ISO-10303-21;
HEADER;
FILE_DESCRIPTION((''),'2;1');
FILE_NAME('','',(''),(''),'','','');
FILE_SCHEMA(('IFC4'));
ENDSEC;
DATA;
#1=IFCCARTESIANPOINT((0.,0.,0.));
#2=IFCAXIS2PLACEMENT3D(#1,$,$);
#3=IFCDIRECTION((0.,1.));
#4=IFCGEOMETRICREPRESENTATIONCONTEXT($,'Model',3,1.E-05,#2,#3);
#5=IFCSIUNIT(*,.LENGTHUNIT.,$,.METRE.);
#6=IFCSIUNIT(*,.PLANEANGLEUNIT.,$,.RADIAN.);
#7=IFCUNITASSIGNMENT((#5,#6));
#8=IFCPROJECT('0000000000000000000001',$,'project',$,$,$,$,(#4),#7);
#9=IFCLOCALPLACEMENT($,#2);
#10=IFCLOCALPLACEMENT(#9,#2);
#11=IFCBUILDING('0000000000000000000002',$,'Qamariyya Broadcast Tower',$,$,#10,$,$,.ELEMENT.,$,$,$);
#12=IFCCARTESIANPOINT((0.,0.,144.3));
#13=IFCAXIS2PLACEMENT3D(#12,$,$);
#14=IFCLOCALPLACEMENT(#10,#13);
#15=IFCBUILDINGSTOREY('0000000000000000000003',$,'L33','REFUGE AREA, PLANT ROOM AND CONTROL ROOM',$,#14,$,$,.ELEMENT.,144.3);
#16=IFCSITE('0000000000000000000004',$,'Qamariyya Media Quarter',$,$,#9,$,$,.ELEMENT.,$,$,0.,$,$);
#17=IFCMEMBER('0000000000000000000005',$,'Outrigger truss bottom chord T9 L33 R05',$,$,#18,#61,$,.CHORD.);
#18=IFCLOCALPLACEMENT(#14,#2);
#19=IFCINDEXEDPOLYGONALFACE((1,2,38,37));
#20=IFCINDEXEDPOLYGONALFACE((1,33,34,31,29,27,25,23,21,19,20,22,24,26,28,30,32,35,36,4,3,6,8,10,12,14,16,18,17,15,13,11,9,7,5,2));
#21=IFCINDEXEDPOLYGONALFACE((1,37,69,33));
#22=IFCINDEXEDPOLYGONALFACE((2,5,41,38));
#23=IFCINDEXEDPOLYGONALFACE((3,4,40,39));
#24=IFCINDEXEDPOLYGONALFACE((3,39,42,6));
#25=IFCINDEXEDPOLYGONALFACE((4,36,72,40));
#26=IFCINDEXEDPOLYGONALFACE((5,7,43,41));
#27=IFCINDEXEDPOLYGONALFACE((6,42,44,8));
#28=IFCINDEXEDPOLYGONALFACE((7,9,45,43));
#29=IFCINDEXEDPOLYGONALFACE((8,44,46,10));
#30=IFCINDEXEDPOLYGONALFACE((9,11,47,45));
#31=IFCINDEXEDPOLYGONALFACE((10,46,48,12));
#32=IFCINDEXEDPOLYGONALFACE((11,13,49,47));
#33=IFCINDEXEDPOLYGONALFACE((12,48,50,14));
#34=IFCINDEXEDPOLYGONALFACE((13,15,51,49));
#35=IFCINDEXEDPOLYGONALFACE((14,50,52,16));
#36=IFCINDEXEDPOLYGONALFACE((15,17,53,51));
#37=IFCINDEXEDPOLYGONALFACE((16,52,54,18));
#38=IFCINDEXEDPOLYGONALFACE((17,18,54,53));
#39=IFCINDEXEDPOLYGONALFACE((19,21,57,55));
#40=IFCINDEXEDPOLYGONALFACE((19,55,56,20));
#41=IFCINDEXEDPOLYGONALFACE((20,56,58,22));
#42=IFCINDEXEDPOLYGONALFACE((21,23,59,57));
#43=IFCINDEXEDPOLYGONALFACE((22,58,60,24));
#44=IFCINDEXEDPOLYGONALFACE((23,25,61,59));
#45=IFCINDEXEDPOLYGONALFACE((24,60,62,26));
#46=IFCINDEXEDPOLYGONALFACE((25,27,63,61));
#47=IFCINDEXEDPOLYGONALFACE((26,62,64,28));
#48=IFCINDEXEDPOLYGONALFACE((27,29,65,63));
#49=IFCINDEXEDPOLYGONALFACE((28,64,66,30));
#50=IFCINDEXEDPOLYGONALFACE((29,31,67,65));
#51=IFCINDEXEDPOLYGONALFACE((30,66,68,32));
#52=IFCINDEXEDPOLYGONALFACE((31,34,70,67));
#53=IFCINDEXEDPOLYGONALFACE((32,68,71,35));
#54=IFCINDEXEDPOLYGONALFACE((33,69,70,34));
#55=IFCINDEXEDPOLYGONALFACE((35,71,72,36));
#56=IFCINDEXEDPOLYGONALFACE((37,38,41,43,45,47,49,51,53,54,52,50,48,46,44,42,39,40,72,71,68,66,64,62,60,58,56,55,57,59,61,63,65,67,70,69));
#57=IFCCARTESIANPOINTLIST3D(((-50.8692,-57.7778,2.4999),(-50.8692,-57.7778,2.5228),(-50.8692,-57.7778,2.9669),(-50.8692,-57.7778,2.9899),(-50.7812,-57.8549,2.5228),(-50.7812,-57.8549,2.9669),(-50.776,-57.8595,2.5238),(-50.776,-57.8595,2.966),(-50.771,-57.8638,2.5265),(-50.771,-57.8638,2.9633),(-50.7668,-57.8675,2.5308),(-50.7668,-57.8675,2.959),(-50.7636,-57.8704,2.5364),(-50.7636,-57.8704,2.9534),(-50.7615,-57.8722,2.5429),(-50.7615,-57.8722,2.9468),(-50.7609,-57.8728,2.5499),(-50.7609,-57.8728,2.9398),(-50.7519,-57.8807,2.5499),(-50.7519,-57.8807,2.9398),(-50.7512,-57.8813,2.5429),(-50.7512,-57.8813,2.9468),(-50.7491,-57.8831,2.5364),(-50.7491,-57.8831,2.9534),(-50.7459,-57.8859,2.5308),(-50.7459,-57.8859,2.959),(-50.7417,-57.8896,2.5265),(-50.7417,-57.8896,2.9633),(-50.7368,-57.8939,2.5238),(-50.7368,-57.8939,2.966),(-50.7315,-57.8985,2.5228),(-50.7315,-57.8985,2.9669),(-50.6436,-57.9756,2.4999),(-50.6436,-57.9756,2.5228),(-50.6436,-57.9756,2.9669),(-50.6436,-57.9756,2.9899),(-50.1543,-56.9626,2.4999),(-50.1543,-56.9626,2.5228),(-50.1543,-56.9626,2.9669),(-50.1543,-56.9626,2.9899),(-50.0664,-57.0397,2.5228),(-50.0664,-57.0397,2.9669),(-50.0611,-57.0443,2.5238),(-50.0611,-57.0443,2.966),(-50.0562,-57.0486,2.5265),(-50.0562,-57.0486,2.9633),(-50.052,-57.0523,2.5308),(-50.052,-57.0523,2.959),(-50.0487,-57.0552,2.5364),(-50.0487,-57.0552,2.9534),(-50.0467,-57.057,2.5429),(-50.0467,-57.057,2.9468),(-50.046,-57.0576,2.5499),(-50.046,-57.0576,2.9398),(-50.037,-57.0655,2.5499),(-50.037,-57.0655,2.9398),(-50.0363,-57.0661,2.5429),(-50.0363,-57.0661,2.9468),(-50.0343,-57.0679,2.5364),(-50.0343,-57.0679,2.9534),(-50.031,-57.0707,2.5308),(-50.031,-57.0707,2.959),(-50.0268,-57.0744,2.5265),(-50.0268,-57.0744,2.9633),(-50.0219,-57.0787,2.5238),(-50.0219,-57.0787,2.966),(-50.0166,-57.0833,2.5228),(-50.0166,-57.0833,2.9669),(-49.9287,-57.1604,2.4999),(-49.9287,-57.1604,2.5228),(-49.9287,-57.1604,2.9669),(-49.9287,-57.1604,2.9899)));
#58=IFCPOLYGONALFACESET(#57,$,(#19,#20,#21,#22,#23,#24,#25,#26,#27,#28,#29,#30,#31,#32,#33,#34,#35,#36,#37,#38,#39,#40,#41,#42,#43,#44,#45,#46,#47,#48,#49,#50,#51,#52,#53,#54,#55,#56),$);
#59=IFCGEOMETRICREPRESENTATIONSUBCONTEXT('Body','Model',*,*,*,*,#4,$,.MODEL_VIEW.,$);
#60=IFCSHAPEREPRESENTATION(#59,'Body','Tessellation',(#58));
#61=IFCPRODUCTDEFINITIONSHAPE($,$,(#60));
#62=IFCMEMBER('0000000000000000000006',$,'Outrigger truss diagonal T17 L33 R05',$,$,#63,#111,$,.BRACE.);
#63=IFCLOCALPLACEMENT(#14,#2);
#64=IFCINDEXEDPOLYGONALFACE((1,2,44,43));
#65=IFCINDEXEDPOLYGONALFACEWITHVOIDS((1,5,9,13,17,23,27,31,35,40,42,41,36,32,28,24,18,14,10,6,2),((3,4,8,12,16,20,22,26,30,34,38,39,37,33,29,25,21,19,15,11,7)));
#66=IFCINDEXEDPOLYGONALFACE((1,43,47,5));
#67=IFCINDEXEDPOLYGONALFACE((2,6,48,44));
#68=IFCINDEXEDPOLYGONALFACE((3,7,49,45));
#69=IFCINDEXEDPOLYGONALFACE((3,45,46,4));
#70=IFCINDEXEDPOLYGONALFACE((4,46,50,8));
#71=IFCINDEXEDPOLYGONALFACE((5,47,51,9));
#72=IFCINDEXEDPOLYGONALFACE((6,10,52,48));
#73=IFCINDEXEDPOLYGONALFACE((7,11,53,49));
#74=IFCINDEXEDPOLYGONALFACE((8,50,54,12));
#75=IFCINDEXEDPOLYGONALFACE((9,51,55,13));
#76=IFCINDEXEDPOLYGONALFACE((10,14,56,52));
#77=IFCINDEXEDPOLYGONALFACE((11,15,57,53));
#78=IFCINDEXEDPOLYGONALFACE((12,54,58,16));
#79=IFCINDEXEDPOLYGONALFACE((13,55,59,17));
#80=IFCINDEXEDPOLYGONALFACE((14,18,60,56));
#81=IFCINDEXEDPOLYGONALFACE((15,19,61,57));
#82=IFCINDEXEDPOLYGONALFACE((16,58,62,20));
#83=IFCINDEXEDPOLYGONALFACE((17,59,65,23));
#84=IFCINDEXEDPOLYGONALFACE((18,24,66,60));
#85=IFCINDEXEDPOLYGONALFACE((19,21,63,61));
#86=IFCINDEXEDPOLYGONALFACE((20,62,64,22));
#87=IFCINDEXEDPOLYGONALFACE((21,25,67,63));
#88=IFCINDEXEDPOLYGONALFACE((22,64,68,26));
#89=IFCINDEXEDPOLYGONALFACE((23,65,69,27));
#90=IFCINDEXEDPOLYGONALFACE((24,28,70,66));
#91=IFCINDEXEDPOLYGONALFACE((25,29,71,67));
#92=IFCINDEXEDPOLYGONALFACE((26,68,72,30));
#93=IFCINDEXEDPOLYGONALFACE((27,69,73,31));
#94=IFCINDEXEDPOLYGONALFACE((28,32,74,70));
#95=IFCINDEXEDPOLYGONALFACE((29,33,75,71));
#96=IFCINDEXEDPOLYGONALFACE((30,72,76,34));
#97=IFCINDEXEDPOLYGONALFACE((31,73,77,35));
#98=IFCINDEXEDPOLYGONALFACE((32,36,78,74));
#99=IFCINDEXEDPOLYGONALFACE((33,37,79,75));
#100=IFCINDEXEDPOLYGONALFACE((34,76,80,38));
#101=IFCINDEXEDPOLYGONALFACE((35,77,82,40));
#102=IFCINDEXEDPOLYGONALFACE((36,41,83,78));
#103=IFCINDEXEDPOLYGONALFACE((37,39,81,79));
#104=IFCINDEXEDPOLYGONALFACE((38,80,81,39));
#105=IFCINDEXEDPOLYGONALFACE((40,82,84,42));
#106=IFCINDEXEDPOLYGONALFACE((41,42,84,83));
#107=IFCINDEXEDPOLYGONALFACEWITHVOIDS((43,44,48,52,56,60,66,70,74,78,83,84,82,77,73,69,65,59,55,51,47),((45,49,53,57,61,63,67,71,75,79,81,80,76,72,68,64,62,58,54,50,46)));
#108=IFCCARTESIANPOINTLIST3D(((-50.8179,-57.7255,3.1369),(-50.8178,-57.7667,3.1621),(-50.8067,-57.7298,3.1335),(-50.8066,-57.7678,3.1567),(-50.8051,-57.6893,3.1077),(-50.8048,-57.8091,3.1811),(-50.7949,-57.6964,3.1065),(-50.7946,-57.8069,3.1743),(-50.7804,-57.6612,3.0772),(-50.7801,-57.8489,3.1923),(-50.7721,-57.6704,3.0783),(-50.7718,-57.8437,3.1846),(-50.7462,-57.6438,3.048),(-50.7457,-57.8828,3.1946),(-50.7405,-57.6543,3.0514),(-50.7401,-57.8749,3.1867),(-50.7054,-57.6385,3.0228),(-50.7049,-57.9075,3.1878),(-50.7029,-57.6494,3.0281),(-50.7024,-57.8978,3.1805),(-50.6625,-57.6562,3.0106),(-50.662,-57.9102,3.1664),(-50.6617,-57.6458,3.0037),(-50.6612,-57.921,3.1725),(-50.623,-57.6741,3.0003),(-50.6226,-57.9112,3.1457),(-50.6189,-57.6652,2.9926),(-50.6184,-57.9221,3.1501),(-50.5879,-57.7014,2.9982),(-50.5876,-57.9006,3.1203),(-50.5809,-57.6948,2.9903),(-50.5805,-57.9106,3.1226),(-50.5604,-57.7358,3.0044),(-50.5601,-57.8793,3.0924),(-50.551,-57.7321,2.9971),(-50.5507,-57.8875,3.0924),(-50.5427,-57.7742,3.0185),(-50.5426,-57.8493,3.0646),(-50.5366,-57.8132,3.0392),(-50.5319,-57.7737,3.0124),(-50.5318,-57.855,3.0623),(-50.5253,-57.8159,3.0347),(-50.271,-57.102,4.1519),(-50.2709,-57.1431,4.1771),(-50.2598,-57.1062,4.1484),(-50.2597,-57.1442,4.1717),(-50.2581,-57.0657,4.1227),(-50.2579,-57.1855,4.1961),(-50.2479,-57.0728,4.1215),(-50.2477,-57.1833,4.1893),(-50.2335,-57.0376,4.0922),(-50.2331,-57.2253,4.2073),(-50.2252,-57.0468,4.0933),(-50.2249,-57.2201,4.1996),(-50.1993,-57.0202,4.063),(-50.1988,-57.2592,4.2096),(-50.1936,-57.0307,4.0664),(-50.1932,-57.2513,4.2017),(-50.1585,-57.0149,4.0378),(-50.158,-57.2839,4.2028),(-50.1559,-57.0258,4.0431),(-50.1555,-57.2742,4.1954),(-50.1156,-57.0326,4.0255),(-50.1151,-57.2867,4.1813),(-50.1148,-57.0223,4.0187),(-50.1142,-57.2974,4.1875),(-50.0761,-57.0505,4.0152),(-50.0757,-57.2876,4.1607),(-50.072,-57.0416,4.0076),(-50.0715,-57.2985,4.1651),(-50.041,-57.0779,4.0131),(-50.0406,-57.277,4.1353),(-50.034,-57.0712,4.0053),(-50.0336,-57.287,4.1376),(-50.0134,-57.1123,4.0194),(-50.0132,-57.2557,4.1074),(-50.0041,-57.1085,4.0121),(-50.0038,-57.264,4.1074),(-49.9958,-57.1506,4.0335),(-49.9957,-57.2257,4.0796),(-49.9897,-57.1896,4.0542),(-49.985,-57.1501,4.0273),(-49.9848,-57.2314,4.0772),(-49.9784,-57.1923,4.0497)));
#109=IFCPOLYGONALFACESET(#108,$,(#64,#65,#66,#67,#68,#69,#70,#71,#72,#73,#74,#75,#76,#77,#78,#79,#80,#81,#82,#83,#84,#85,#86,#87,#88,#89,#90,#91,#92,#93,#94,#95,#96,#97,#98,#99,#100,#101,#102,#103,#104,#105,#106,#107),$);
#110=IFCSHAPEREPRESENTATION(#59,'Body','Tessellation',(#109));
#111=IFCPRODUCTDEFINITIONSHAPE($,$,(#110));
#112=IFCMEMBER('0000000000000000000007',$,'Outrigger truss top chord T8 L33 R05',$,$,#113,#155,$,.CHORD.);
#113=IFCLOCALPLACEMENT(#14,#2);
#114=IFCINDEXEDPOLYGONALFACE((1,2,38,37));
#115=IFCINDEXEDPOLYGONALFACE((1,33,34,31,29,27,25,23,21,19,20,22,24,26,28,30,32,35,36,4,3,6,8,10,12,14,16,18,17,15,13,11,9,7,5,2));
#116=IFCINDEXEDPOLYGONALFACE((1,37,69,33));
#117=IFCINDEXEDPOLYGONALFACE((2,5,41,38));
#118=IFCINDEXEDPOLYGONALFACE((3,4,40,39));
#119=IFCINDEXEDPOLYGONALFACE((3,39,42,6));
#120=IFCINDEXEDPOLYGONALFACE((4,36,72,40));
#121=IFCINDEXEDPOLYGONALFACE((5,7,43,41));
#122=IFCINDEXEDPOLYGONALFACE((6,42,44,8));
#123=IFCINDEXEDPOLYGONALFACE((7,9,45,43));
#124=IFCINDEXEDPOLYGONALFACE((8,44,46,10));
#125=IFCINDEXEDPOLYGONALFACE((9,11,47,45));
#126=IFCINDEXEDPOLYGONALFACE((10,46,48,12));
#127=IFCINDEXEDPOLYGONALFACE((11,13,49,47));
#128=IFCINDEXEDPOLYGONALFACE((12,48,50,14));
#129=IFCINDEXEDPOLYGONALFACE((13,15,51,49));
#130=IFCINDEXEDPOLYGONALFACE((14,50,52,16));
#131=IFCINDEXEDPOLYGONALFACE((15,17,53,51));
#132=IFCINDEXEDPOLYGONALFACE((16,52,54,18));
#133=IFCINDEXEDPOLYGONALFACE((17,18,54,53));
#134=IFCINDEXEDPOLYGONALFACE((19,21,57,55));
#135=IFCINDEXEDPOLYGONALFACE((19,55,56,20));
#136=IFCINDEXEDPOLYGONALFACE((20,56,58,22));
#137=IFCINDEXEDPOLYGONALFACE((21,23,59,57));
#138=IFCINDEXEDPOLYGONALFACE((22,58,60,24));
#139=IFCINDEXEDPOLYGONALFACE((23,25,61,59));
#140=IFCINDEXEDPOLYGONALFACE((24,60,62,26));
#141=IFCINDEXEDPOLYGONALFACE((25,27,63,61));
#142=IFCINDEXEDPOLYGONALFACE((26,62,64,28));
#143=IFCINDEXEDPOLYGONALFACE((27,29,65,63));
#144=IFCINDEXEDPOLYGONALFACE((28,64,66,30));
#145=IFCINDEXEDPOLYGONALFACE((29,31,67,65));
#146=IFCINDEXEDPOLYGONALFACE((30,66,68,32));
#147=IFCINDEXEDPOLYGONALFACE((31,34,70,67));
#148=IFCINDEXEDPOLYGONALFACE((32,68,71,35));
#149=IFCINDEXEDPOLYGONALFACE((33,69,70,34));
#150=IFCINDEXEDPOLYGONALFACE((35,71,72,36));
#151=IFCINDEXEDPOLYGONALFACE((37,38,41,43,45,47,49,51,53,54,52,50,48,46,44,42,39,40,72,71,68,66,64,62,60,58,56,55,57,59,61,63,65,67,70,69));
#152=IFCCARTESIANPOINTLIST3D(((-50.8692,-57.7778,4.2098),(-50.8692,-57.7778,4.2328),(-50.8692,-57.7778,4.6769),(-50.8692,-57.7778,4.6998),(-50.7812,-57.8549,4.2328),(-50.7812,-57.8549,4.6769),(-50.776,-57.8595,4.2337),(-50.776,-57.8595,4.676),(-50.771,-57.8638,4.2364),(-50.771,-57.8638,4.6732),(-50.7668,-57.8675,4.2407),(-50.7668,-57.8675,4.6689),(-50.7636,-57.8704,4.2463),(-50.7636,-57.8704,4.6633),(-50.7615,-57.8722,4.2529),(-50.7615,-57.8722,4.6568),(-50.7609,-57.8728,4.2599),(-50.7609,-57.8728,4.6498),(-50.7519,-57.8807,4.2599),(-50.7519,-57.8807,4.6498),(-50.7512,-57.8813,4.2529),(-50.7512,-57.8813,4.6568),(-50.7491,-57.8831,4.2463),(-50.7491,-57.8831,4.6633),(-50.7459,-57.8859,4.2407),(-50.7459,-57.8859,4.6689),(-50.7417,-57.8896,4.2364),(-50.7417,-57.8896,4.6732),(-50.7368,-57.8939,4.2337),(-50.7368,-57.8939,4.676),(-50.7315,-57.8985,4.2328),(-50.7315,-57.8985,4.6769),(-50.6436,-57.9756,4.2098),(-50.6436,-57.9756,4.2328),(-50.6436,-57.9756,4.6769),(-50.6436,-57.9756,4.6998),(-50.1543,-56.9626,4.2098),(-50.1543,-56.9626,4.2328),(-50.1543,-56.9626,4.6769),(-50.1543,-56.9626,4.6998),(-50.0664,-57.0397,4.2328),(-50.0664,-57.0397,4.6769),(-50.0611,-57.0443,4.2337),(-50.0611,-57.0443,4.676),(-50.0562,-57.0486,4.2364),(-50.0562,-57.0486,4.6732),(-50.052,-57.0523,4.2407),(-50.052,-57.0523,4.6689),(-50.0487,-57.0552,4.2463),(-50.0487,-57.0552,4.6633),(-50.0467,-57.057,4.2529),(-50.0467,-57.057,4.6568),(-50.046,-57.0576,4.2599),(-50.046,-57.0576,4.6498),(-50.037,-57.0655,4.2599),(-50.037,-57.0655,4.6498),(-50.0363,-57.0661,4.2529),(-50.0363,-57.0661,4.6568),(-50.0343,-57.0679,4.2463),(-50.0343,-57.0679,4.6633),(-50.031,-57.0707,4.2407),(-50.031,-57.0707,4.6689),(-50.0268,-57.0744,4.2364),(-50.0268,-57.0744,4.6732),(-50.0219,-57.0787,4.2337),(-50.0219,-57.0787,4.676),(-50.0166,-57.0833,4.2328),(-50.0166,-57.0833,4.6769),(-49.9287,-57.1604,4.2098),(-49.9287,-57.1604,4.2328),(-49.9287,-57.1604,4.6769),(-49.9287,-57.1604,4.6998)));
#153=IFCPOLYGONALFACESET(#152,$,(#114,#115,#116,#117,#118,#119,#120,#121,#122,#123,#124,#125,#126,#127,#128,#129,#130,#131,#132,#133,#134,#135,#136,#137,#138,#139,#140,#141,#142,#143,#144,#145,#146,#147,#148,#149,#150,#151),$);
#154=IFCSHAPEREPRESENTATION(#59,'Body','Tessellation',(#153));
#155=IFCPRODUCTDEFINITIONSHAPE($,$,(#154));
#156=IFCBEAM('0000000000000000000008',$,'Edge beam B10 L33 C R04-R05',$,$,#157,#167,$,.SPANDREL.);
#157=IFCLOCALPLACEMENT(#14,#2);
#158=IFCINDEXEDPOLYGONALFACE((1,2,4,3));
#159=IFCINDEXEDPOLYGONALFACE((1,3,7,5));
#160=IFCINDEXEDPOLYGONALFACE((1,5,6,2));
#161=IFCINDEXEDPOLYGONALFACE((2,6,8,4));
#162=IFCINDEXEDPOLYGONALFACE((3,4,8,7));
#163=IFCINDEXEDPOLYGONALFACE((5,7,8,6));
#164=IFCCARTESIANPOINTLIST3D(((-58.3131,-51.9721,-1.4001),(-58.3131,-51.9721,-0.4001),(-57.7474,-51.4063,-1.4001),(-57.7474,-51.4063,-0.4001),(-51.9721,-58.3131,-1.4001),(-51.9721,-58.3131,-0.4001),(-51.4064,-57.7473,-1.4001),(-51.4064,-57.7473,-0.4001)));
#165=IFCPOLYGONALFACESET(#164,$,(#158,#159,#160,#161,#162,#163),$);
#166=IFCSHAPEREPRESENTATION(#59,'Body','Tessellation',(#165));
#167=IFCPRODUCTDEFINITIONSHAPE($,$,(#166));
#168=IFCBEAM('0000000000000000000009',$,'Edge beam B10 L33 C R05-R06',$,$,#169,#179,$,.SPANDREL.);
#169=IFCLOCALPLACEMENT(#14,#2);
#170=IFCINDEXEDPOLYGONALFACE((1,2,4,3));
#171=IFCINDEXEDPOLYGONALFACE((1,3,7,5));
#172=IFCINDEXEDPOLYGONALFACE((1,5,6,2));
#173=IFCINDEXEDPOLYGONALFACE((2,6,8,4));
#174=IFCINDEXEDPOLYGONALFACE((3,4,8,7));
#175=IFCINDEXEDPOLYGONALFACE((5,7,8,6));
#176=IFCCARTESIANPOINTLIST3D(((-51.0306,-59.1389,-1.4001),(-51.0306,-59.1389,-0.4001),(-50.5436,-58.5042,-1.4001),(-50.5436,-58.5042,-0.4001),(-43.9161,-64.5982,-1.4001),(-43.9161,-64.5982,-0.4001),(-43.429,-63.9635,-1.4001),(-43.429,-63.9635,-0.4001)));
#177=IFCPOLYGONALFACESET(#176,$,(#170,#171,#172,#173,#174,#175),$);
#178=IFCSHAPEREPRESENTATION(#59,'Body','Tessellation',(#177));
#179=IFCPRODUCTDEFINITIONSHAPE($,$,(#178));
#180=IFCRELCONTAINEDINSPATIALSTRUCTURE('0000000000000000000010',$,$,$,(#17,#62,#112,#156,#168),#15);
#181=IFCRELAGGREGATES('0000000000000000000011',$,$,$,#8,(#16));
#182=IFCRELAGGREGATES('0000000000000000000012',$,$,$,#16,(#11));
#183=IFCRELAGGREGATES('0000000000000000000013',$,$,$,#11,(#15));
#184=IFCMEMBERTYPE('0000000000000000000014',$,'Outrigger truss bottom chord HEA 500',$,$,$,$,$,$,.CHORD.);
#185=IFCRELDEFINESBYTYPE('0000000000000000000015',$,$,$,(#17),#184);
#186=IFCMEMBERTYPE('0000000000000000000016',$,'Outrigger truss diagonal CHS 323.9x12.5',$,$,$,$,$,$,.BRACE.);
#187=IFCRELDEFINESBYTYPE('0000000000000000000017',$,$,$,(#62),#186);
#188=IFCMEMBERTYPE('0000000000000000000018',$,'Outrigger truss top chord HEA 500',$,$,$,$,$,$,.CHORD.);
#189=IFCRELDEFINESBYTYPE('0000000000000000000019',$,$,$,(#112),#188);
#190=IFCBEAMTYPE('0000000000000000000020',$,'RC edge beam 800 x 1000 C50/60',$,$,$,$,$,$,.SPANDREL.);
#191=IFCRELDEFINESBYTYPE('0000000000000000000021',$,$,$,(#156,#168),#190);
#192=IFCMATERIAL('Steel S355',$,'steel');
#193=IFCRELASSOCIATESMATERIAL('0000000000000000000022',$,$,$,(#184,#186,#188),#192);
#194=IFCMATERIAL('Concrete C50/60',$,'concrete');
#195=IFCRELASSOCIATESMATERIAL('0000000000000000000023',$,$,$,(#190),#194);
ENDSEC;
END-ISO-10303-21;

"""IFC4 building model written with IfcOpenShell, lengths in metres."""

from ifc_helpers import new_model, si_unit, direction, frame, origin, origin_2d, place, context, subcontext, project, spatial, rectangle, hollow_circle, i_section, extrude, material, material_profile, profile_set, type_object, element, save


model = new_model("IFC4")

# Units and contexts
model_context = context("Model", 3, precision=1e-05, world=origin(), true_north=direction((0.0, 1.0)))
body_context = subcontext(model_context, "Body", "Model", "MODEL_VIEW")
ifc_project = project(units=[si_unit("LENGTHUNIT", "METRE"), si_unit("PLANEANGLEUNIT", "RADIAN")], contexts=[model_context])

# Site, building, storey
site_placement = place(None, origin())
site = spatial("IfcSite", under=ifc_project, at=site_placement, Name="Qamariyya Media Quarter", CompositionType="ELEMENT", RefElevation=0.0)
building_placement = place(site_placement, origin())
building = spatial("IfcBuilding", under=site, at=building_placement, Name="Qamariyya Broadcast Tower", CompositionType="ELEMENT")
storey_placement = place(building_placement, frame((0.0, 0.0, 144.3)))
storey = spatial("IfcBuildingStorey", under=building, at=storey_placement, Name="L33", Description="REFUGE AREA, PLANT ROOM AND CONTROL ROOM", CompositionType="ELEMENT", Elevation=144.3)

# Members
ifc_material_1 = material(Name="Steel S355", Category="steel")
ifc_material_profile_1 = material_profile(ifc_material_1, i_section(OverallWidth=0.3, OverallDepth=0.49, WebThickness=0.012, FlangeThickness=0.0229, FilletRadius=0.0271, at=origin_2d()))
ifc_profile_set_1 = profile_set([ifc_material_profile_1], Name="Steel S355")
member_type_1 = type_object("IfcMemberType", Name="Outrigger truss bottom chord HEA 500", PredefinedType="CHORD", material=ifc_profile_set_1)
member_1_placement = place(storey_placement, frame((-50.0415, -57.0615, 2.7449), z_axis=(-0.659317, -0.751865, 0.0), x_axis=(0.751865, -0.659317, 0.0)))
element("IfcMember", 1, at=member_1_placement, inside=storey, type_object=member_type_1, Name="Outrigger truss bottom chord T9 L33 R05", PredefinedType="CHORD", context=body_context, shape_type="SweptSolid", body=[
    extrude(i_section(OverallWidth=0.3, OverallDepth=0.49, WebThickness=0.012, FlangeThickness=0.0229, FilletRadius=0.0271, at=origin_2d()), origin(), (0.0, 0.0, 1.0), 1.0842),
])
ifc_material_profile_2 = material_profile(ifc_material_1, hollow_circle(Radius=0.1619, WallThickness=0.0125, at=origin_2d()))
ifc_profile_set_2 = profile_set([ifc_material_profile_2], Name="Steel S355")
member_type_2 = type_object("IfcMemberType", Name="Outrigger truss diagonal CHS 323.9x12.5", PredefinedType="BRACE", material=ifc_profile_set_2)
member_2_placement = place(storey_placement, frame((-50.1255, -57.1572, 4.1074), z_axis=(-0.417246, -0.475735, -0.774327), x_axis=(0.75181, -0.659379, 0.0)))
element("IfcMember", 2, at=member_2_placement, inside=storey, type_object=member_type_2, Name="Outrigger truss diagonal T17 L33 R05", PredefinedType="BRACE", context=body_context, shape_type="SweptSolid", body=[
    extrude(hollow_circle(Radius=0.1619, WallThickness=0.0125, at=origin_2d()), origin(), (0.0, 0.0, 1.0), 1.3108),
])
ifc_material_profile_3 = material_profile(ifc_material_1, i_section(OverallWidth=0.3, OverallDepth=0.49, WebThickness=0.012, FlangeThickness=0.0229, FilletRadius=0.0271, at=origin_2d()))
ifc_profile_set_3 = profile_set([ifc_material_profile_3], Name="Steel S355")
member_type_3 = type_object("IfcMemberType", Name="Outrigger truss top chord HEA 500", PredefinedType="CHORD", material=ifc_profile_set_3)
member_3_placement = place(storey_placement, frame((-50.0415, -57.0615, 4.4548), z_axis=(-0.659317, -0.751865, 0.0), x_axis=(0.751865, -0.659317, 0.0)))
element("IfcMember", 3, at=member_3_placement, inside=storey, type_object=member_type_3, Name="Outrigger truss top chord T8 L33 R05", PredefinedType="CHORD", context=body_context, shape_type="SweptSolid", body=[
    extrude(i_section(OverallWidth=0.3, OverallDepth=0.49, WebThickness=0.012, FlangeThickness=0.0229, FilletRadius=0.0271, at=origin_2d()), origin(), (0.0, 0.0, 1.0), 1.0842),
])

# Beams
ifc_material_2 = material(Name="Concrete C50/60", Category="concrete")
ifc_material_profile_4 = material_profile(ifc_material_2, rectangle(XDim=0.8, YDim=1.0, at=origin_2d()))
ifc_profile_set_4 = profile_set([ifc_material_profile_4], Name="Concrete C50/60")
beam_type_1 = type_object("IfcBeamType", Name="RC edge beam 800 x 1000 C50/60", PredefinedType="SPANDREL", material=ifc_profile_set_4)
beam_1_placement = place(storey_placement, frame((-58.0303, -51.6892, -0.9001), z_axis=(0.707107, -0.707107, 0.0), x_axis=(0.707107, 0.707107, 0.0)))
element("IfcBeam", 4, at=beam_1_placement, inside=storey, type_object=beam_type_1, Name="Edge beam B10 L33 C R04-R05", PredefinedType="SPANDREL", context=body_context, shape_type="SweptSolid", body=[
    extrude(rectangle(XDim=0.8, YDim=1.0, at=origin_2d()), origin(), (0.0, 0.0, 1.0), 8.9675),
])
beam_2_placement = place(storey_placement, frame((-50.7871, -58.8215, -0.9001), z_axis=(0.793349, -0.608767, 0.0), x_axis=(0.608767, 0.793349, 0.0)))
element("IfcBeam", 5, at=beam_2_placement, inside=storey, type_object=beam_type_1, Name="Edge beam B10 L33 C R05-R06", PredefinedType="SPANDREL", context=body_context, shape_type="SweptSolid", body=[
    extrude(rectangle(XDim=0.8, YDim=1.0, at=origin_2d()), origin(), (0.0, 0.0, 1.0), 8.9678),
])

save(model, "model.ifc")
